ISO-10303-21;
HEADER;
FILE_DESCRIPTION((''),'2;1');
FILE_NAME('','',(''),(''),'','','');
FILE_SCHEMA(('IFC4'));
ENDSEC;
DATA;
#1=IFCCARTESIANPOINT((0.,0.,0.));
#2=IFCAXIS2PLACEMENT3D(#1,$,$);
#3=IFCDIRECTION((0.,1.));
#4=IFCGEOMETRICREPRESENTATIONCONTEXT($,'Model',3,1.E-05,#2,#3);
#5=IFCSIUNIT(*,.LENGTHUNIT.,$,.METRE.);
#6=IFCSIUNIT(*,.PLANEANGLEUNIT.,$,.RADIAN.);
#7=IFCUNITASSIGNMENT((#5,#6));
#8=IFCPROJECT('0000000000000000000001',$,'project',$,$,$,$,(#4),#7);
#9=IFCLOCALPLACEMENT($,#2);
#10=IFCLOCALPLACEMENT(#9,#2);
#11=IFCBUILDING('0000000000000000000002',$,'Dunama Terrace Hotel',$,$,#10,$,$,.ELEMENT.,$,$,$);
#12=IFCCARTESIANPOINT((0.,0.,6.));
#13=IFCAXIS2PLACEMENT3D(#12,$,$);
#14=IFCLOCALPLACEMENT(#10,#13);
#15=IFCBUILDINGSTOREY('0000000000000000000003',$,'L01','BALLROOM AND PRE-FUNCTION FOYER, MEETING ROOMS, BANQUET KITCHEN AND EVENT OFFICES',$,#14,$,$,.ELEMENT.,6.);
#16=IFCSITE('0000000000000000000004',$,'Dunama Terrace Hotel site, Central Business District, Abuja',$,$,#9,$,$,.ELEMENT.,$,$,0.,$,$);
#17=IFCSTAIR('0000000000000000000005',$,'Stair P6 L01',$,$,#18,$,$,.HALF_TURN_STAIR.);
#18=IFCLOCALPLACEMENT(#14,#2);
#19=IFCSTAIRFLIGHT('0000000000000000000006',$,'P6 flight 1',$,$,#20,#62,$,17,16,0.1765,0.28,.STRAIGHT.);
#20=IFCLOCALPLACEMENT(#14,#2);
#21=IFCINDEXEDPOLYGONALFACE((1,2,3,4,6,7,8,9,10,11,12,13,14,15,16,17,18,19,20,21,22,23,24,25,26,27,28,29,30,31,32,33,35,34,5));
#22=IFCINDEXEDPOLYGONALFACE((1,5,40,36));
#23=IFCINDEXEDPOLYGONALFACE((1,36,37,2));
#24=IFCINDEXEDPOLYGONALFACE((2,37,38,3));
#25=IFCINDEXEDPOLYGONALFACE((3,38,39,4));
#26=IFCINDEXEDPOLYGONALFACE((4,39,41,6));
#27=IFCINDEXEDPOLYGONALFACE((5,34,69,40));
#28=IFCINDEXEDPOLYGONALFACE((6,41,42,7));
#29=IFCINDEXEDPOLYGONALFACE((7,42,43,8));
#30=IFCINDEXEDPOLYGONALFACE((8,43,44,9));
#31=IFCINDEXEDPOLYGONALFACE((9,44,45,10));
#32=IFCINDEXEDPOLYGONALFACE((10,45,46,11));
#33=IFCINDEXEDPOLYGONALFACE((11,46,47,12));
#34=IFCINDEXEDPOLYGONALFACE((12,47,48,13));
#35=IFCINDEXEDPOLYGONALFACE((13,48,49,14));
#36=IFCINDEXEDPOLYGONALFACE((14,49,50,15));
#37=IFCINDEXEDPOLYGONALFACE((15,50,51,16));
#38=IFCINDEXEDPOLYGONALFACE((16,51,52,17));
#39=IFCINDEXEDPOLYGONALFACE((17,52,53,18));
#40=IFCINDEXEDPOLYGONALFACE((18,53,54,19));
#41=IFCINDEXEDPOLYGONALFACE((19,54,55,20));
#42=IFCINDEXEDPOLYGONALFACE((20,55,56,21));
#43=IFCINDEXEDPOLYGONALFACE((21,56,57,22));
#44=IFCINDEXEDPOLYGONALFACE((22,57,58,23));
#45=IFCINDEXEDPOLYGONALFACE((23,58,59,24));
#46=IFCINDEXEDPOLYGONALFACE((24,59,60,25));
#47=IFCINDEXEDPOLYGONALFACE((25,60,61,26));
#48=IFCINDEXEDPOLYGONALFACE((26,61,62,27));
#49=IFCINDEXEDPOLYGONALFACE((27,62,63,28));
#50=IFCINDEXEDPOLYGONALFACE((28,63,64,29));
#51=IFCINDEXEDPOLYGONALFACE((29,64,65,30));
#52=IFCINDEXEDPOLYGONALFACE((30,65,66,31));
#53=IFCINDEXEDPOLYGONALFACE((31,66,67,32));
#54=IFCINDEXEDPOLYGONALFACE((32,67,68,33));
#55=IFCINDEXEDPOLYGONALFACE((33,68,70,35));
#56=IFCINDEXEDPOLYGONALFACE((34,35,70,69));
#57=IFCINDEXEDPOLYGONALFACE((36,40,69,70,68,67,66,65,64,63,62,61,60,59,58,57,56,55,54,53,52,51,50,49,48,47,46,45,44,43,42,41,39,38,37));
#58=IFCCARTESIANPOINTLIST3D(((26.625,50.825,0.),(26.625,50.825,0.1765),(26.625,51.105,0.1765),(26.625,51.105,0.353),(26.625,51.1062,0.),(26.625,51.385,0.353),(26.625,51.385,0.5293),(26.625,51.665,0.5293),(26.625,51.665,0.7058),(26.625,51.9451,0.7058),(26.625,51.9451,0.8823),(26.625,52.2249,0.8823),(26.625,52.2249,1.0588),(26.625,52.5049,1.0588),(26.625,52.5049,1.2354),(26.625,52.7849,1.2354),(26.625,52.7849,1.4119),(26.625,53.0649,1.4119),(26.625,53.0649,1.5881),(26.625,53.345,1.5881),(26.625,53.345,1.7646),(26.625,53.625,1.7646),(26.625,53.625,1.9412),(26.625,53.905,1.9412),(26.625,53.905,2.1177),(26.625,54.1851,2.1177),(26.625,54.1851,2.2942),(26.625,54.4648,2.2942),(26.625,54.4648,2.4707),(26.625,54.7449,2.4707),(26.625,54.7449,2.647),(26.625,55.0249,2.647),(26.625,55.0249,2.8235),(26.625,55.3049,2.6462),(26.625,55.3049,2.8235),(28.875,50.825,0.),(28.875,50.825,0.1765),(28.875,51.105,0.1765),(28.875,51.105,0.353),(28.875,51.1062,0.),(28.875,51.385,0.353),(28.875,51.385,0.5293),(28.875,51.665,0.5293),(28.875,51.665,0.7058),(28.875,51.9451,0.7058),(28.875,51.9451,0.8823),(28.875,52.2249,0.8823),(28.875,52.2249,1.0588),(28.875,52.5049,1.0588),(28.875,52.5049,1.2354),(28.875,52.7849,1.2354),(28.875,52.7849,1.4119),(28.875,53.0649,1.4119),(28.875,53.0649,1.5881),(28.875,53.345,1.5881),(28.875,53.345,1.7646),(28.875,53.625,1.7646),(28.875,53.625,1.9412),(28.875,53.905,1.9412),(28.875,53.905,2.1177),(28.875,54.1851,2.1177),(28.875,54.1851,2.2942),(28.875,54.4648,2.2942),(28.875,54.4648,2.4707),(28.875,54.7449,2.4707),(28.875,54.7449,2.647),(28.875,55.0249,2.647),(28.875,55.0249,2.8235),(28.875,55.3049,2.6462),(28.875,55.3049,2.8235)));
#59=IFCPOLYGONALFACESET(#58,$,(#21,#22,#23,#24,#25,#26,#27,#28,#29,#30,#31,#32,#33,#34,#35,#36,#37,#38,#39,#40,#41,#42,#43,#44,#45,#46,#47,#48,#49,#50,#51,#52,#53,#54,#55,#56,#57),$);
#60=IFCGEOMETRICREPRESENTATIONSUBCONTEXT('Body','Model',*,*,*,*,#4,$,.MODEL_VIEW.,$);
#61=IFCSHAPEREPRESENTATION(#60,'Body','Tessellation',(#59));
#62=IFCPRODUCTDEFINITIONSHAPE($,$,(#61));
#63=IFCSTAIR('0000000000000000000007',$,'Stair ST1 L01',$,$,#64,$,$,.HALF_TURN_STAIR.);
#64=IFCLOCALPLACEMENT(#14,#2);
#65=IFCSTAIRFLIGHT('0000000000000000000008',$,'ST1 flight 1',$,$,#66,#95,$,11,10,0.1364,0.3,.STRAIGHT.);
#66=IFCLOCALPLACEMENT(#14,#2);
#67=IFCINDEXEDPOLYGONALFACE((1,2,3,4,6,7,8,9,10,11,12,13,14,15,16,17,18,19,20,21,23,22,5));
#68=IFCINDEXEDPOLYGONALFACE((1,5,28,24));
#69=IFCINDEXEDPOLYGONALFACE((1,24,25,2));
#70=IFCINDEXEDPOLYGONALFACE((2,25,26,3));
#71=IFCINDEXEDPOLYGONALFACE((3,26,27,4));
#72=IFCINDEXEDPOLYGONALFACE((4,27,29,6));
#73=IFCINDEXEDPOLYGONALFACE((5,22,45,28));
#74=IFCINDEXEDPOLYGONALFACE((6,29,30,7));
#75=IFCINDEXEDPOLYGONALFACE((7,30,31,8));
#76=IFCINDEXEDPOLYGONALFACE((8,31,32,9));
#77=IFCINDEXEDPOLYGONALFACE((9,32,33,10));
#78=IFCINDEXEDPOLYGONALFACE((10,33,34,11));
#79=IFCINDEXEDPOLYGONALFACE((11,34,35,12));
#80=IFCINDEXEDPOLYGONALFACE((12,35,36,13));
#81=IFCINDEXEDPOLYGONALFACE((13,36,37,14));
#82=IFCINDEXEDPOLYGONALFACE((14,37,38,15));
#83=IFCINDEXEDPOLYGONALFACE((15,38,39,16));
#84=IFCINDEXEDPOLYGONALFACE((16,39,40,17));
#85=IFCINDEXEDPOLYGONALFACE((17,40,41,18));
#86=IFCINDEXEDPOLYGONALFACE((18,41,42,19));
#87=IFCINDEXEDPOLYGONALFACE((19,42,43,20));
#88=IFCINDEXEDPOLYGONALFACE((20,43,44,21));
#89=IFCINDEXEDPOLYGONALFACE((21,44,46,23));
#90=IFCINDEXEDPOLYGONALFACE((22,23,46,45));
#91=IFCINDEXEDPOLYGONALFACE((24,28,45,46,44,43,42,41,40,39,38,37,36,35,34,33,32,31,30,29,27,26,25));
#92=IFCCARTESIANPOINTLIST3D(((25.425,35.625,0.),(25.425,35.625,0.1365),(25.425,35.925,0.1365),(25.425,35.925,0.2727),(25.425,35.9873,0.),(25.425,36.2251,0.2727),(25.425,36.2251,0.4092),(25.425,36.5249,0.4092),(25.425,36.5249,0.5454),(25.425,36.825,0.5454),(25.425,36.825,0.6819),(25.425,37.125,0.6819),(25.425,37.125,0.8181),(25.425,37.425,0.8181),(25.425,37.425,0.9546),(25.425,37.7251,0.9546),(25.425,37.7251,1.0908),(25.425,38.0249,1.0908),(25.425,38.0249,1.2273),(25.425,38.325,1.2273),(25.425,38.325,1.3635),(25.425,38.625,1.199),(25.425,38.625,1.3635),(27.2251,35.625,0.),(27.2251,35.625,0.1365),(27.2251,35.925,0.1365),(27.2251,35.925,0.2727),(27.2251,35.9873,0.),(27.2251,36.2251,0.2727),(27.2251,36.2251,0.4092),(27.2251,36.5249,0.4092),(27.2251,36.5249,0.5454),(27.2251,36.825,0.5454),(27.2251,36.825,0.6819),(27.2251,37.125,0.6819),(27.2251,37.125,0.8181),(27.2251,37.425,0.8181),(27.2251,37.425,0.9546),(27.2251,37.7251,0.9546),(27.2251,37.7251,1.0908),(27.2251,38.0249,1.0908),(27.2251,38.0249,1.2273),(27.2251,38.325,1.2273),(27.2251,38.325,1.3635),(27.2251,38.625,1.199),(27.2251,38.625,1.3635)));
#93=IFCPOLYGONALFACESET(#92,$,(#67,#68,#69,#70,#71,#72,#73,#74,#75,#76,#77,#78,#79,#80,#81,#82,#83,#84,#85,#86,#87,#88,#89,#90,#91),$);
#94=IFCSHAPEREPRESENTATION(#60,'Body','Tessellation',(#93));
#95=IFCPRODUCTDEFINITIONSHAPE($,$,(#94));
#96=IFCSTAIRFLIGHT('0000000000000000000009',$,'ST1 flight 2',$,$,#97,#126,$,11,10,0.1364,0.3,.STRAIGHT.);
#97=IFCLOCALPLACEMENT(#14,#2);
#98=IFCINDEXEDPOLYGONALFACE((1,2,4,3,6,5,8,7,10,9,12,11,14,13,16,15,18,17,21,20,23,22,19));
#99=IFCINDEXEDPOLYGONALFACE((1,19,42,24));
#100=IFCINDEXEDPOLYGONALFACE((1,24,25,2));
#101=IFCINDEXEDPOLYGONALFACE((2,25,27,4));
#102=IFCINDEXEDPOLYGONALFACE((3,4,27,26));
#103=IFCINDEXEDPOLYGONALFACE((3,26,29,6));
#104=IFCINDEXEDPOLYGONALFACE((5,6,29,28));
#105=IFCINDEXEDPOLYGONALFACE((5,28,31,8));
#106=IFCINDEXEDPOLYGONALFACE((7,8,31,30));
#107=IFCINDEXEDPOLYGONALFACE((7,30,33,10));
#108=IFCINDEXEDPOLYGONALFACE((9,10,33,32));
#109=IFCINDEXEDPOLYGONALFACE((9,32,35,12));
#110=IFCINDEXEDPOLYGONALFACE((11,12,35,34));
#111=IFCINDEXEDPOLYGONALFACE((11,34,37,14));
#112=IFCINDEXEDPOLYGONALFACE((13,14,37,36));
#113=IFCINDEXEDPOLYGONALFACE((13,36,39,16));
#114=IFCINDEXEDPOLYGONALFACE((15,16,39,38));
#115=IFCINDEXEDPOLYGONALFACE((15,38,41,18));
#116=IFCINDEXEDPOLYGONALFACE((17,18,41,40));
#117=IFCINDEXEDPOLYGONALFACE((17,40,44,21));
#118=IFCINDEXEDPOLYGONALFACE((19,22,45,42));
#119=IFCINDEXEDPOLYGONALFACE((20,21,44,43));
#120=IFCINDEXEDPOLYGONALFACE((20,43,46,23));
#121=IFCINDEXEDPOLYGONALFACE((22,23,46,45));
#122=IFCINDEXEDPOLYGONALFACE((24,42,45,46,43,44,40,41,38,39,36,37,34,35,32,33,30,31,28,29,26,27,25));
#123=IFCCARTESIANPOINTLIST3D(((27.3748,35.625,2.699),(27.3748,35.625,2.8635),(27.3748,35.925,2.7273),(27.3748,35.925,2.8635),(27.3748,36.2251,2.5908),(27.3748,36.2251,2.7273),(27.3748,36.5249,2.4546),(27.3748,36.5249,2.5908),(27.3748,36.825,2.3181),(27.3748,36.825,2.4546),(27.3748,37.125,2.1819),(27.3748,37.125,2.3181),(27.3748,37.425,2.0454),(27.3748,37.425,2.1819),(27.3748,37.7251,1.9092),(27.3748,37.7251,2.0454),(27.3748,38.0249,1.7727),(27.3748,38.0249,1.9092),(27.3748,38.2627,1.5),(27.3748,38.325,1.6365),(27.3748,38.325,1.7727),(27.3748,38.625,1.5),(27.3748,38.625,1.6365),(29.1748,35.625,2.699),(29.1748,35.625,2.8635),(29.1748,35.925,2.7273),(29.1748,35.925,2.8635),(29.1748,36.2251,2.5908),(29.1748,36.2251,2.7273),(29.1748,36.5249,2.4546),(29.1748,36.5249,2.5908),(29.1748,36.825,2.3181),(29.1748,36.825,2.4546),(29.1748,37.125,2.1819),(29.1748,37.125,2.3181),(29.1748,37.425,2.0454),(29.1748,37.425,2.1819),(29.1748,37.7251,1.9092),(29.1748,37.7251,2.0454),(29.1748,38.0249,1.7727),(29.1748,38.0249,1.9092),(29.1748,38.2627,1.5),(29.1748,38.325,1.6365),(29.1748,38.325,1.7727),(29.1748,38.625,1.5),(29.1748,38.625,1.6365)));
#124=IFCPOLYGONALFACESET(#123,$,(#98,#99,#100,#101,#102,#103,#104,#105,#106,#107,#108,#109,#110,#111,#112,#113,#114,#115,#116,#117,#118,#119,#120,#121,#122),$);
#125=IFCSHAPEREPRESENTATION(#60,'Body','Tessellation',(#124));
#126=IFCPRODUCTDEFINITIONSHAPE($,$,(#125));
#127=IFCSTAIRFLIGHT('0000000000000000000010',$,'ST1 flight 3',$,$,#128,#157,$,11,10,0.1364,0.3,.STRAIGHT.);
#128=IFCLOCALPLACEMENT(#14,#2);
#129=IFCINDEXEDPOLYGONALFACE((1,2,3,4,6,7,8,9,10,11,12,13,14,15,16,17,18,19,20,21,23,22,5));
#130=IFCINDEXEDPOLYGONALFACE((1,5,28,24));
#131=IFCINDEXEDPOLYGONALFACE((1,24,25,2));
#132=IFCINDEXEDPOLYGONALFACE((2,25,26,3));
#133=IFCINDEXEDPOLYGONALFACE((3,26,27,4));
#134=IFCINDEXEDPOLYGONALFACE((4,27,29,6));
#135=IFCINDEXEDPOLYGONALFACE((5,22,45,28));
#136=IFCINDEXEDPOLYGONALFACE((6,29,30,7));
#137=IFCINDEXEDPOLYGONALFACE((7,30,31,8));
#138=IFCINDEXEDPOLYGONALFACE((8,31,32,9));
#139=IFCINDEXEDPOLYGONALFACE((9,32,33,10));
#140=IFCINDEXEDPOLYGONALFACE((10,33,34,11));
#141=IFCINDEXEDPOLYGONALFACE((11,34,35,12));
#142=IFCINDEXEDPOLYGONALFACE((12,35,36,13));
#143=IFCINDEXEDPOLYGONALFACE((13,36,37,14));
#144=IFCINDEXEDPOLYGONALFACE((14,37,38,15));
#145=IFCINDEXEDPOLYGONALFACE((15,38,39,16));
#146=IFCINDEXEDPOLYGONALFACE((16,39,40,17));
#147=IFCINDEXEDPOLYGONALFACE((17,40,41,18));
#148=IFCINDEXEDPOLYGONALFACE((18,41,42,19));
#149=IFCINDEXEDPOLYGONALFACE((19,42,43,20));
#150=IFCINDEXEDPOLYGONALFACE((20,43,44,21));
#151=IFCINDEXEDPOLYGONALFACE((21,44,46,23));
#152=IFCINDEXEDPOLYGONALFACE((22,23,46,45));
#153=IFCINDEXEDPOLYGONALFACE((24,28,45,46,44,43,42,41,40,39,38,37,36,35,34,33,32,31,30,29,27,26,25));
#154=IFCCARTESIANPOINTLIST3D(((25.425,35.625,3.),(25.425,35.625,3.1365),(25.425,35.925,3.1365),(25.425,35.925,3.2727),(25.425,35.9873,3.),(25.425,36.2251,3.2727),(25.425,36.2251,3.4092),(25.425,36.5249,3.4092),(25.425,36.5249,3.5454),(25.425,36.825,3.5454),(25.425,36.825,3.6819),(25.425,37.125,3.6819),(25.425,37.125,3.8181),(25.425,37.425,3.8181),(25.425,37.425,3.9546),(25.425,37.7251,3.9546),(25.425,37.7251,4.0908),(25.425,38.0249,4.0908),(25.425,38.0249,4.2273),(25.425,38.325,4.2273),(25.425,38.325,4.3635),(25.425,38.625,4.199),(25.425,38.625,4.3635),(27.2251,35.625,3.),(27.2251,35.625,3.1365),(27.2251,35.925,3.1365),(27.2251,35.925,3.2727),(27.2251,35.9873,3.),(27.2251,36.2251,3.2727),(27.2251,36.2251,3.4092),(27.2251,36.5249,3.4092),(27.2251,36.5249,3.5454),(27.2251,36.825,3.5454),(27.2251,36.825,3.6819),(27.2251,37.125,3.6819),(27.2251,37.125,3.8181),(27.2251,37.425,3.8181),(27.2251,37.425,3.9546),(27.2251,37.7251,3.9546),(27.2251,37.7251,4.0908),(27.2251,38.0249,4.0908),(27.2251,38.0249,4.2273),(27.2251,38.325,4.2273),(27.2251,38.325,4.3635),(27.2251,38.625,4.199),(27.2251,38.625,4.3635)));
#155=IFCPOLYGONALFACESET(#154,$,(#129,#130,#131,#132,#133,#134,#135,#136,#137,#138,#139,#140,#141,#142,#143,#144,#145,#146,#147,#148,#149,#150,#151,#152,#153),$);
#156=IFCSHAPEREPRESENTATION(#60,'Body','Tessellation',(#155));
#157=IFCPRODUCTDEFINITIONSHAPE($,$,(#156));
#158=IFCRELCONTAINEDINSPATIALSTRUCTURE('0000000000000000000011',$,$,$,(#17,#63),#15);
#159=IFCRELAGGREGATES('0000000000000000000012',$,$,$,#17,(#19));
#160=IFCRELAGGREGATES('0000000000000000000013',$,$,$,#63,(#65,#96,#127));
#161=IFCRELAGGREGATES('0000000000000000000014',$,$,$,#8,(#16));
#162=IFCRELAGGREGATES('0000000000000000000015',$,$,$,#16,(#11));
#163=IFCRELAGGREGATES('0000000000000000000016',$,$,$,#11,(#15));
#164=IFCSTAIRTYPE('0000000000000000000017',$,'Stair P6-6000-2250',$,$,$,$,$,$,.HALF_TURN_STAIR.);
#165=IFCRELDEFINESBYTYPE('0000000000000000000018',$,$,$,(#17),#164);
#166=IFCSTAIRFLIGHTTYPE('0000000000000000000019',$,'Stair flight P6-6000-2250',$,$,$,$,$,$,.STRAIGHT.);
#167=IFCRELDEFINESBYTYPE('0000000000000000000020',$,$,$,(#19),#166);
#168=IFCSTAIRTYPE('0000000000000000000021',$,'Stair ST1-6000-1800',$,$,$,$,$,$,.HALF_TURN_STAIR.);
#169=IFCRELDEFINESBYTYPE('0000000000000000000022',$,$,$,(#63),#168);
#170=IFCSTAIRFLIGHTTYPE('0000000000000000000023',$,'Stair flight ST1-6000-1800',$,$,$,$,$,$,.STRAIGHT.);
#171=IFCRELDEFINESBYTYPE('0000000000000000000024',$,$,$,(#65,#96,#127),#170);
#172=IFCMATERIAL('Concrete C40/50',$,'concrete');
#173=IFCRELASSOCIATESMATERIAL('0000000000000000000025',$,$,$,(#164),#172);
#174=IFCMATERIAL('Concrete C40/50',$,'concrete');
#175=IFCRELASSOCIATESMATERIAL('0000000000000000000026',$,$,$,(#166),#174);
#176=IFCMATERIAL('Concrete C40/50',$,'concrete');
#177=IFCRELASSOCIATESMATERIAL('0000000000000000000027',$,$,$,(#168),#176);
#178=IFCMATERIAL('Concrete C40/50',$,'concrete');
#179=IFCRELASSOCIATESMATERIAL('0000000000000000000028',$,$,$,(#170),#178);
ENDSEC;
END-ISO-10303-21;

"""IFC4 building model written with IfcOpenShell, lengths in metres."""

from ifc_helpers import new_model, si_unit, direction, frame, origin, place, context, subcontext, project, spatial, polyline, outline, extrude, material, type_object, element, aggregate, save


model = new_model("IFC4")

# Units and contexts
model_context = context("Model", 3, precision=1e-05, world=origin(), true_north=direction((0.0, 1.0)))
body_context = subcontext(model_context, "Body", "Model", "MODEL_VIEW")
ifc_project = project(units=[si_unit("LENGTHUNIT", "METRE"), si_unit("PLANEANGLEUNIT", "RADIAN")], contexts=[model_context])

# Site, building, storey
site_placement = place(None, origin())
site = spatial("IfcSite", under=ifc_project, at=site_placement, Name="Dunama Terrace Hotel site, Central Business District, Abuja", CompositionType="ELEMENT", RefElevation=0.0)
building_placement = place(site_placement, origin())
building = spatial("IfcBuilding", under=site, at=building_placement, Name="Dunama Terrace Hotel", CompositionType="ELEMENT")
storey_placement = place(building_placement, frame((0.0, 0.0, 6.0)))
storey = spatial("IfcBuildingStorey", under=building, at=storey_placement, Name="L01", Description="BALLROOM AND PRE-FUNCTION FOYER, MEETING ROOMS, BANQUET KITCHEN AND EVENT OFFICES", CompositionType="ELEMENT", Elevation=6.0)

# Stair, stair flight
ifc_material_1 = material(Name="Concrete C40/50", Category="concrete")
stair_type_1 = type_object("IfcStairType", Name="Stair P6-6000-2250", PredefinedType="HALF_TURN_STAIR", material=ifc_material_1)
stair_1_placement = place(storey_placement, origin())
stair_1 = element("IfcStair", 1, at=stair_1_placement, inside=storey, type_object=stair_type_1, Name="Stair P6 L01", PredefinedType="HALF_TURN_STAIR")
ifc_material_2 = material(Name="Concrete C40/50", Category="concrete")
stair_flight_type_1 = type_object("IfcStairFlightType", Name="Stair flight P6-6000-2250", PredefinedType="STRAIGHT", material=ifc_material_2)
stair_flight_1_placement = place(storey_placement, frame((27.75, 50.825, 0.0), z_axis=(0.0, 0.0, 1.0), x_axis=(0.0, 1.0, 0.0)))
stair_flight_1 = element("IfcStairFlight", 2, at=stair_flight_1_placement, type_object=stair_flight_type_1, Name="P6 flight 1", NumberOfRisers=17, NumberOfTreads=16, PredefinedType="STRAIGHT", RiserHeight=0.1765, TreadLength=0.28, context=body_context, shape_type="SweptSolid", body=[
    extrude(outline(polyline([(0.0, 0.0), (0.0, 0.1765), (0.28, 0.1765), (0.28, 0.353), (0.5601, 0.353), (0.5601, 0.5293), (0.8401, 0.5293), (0.8401, 0.7058), (1.1201, 0.7058), (1.1201, 0.8823), (1.3999, 0.8823), (1.3999, 1.0588), (1.6799, 1.0588), (1.6799, 1.2354), (1.96, 1.2354), (1.96, 1.4119), (2.24, 1.4119), (2.24, 1.5881), (2.52, 1.5881), (2.52, 1.7646), (2.8, 1.7646), (2.8, 1.9412), (3.0801, 1.9412), (3.0801, 2.1177), (3.3601, 2.1177), (3.3601, 2.2942), (3.6399, 2.2942), (3.6399, 2.4707), (3.9199, 2.4707), (3.9199, 2.647), (4.2, 2.647), (4.2, 2.8235), (4.48, 2.8235), (4.48, 3.0), (4.48, 2.6462), (0.2812, 0.0), (0.0, 0.0)])), frame((0.0, 1.125, 0.0), z_axis=(0.0, -1.0, 0.0), x_axis=(1.0, 0.0, 0.0)), (0.0, 0.0, 1.0), 2.25),
])
aggregate(stair_1, [stair_flight_1])

# Stair, stair flights
ifc_material_3 = material(Name="Concrete C40/50", Category="concrete")
stair_type_2 = type_object("IfcStairType", Name="Stair ST1-6000-1800", PredefinedType="HALF_TURN_STAIR", material=ifc_material_3)
stair_2_placement = place(storey_placement, origin())
stair_2 = element("IfcStair", 3, at=stair_2_placement, inside=storey, type_object=stair_type_2, Name="Stair ST1 L01", PredefinedType="HALF_TURN_STAIR")
ifc_material_4 = material(Name="Concrete C40/50", Category="concrete")
stair_flight_type_2 = type_object("IfcStairFlightType", Name="Stair flight ST1-6000-1800", PredefinedType="STRAIGHT", material=ifc_material_4)
stair_flight_2_placement = place(storey_placement, frame((26.325, 35.625, 0.0), z_axis=(0.0, 0.0, 1.0), x_axis=(0.0, 1.0, 0.0)))
stair_flight_2 = element("IfcStairFlight", 4, at=stair_flight_2_placement, type_object=stair_flight_type_2, Name="ST1 flight 1", NumberOfRisers=11, NumberOfTreads=10, PredefinedType="STRAIGHT", RiserHeight=0.1364, TreadLength=0.3, context=body_context, shape_type="SweptSolid", body=[
    extrude(outline(polyline([(0.0, 0.0), (0.0, 0.1365), (0.3, 0.1365), (0.3, 0.2727), (0.6001, 0.2727), (0.6001, 0.4092), (0.8999, 0.4092), (0.8999, 0.5454), (1.2, 0.5454), (1.2, 0.6819), (1.5, 0.6819), (1.5, 0.8181), (1.8, 0.8181), (1.8, 0.9546), (2.1001, 0.9546), (2.1001, 1.0908), (2.3999, 1.0908), (2.3999, 1.2273), (2.7, 1.2273), (2.7, 1.3635), (3.0, 1.3635), (3.0, 1.5), (3.0, 1.199), (0.3623, 0.0), (0.0, 0.0)])), frame((0.0, 0.8999, 0.0), z_axis=(0.0, -1.0, 0.0), x_axis=(1.0, 0.0, 0.0)), (0.0, 0.0, 1.0), 1.8),
])
stair_flight_3_placement = place(storey_placement, frame((28.2749, 38.625, 1.5), z_axis=(0.0, 0.0, 1.0), x_axis=(0.0, -1.0, 0.0)))
stair_flight_3 = element("IfcStairFlight", 5, at=stair_flight_3_placement, type_object=stair_flight_type_2, Name="ST1 flight 2", NumberOfRisers=11, NumberOfTreads=10, PredefinedType="STRAIGHT", RiserHeight=0.1364, TreadLength=0.3, context=body_context, shape_type="SweptSolid", body=[
    extrude(outline(polyline([(0.0, 0.0), (0.0, 0.1365), (0.3, 0.1365), (0.3, 0.2727), (0.6001, 0.2727), (0.6001, 0.4092), (0.8999, 0.4092), (0.8999, 0.5454), (1.2, 0.5454), (1.2, 0.6819), (1.5, 0.6819), (1.5, 0.8181), (1.8, 0.8181), (1.8, 0.9546), (2.1001, 0.9546), (2.1001, 1.0908), (2.3999, 1.0908), (2.3999, 1.2273), (2.7, 1.2273), (2.7, 1.3635), (3.0, 1.3635), (3.0, 1.5), (3.0, 1.199), (0.3623, 0.0), (0.0, 0.0)])), frame((0.0, 0.8999, 0.0), z_axis=(0.0, -1.0, 0.0), x_axis=(1.0, 0.0, 0.0)), (0.0, 0.0, 1.0), 1.8),
])
stair_flight_4_placement = place(storey_placement, frame((26.325, 35.625, 3.0), z_axis=(0.0, 0.0, 1.0), x_axis=(0.0, 1.0, 0.0)))
stair_flight_4 = element("IfcStairFlight", 6, at=stair_flight_4_placement, type_object=stair_flight_type_2, Name="ST1 flight 3", NumberOfRisers=11, NumberOfTreads=10, PredefinedType="STRAIGHT", RiserHeight=0.1364, TreadLength=0.3, context=body_context, shape_type="SweptSolid", body=[
    extrude(outline(polyline([(0.0, 0.0), (0.0, 0.1365), (0.3, 0.1365), (0.3, 0.2727), (0.6001, 0.2727), (0.6001, 0.4092), (0.8999, 0.4092), (0.8999, 0.5454), (1.2, 0.5454), (1.2, 0.6819), (1.5, 0.6819), (1.5, 0.8181), (1.8, 0.8181), (1.8, 0.9546), (2.1001, 0.9546), (2.1001, 1.0908), (2.3999, 1.0908), (2.3999, 1.2273), (2.7, 1.2273), (2.7, 1.3635), (3.0, 1.3635), (3.0, 1.5), (3.0, 1.199), (0.3623, 0.0), (0.0, 0.0)])), frame((0.0, 0.8999, 0.0), z_axis=(0.0, -1.0, 0.0), x_axis=(1.0, 0.0, 0.0)), (0.0, 0.0, 1.0), 1.8),
])
aggregate(stair_2, [stair_flight_2, stair_flight_3, stair_flight_4])

save(model, "model.ifc")
